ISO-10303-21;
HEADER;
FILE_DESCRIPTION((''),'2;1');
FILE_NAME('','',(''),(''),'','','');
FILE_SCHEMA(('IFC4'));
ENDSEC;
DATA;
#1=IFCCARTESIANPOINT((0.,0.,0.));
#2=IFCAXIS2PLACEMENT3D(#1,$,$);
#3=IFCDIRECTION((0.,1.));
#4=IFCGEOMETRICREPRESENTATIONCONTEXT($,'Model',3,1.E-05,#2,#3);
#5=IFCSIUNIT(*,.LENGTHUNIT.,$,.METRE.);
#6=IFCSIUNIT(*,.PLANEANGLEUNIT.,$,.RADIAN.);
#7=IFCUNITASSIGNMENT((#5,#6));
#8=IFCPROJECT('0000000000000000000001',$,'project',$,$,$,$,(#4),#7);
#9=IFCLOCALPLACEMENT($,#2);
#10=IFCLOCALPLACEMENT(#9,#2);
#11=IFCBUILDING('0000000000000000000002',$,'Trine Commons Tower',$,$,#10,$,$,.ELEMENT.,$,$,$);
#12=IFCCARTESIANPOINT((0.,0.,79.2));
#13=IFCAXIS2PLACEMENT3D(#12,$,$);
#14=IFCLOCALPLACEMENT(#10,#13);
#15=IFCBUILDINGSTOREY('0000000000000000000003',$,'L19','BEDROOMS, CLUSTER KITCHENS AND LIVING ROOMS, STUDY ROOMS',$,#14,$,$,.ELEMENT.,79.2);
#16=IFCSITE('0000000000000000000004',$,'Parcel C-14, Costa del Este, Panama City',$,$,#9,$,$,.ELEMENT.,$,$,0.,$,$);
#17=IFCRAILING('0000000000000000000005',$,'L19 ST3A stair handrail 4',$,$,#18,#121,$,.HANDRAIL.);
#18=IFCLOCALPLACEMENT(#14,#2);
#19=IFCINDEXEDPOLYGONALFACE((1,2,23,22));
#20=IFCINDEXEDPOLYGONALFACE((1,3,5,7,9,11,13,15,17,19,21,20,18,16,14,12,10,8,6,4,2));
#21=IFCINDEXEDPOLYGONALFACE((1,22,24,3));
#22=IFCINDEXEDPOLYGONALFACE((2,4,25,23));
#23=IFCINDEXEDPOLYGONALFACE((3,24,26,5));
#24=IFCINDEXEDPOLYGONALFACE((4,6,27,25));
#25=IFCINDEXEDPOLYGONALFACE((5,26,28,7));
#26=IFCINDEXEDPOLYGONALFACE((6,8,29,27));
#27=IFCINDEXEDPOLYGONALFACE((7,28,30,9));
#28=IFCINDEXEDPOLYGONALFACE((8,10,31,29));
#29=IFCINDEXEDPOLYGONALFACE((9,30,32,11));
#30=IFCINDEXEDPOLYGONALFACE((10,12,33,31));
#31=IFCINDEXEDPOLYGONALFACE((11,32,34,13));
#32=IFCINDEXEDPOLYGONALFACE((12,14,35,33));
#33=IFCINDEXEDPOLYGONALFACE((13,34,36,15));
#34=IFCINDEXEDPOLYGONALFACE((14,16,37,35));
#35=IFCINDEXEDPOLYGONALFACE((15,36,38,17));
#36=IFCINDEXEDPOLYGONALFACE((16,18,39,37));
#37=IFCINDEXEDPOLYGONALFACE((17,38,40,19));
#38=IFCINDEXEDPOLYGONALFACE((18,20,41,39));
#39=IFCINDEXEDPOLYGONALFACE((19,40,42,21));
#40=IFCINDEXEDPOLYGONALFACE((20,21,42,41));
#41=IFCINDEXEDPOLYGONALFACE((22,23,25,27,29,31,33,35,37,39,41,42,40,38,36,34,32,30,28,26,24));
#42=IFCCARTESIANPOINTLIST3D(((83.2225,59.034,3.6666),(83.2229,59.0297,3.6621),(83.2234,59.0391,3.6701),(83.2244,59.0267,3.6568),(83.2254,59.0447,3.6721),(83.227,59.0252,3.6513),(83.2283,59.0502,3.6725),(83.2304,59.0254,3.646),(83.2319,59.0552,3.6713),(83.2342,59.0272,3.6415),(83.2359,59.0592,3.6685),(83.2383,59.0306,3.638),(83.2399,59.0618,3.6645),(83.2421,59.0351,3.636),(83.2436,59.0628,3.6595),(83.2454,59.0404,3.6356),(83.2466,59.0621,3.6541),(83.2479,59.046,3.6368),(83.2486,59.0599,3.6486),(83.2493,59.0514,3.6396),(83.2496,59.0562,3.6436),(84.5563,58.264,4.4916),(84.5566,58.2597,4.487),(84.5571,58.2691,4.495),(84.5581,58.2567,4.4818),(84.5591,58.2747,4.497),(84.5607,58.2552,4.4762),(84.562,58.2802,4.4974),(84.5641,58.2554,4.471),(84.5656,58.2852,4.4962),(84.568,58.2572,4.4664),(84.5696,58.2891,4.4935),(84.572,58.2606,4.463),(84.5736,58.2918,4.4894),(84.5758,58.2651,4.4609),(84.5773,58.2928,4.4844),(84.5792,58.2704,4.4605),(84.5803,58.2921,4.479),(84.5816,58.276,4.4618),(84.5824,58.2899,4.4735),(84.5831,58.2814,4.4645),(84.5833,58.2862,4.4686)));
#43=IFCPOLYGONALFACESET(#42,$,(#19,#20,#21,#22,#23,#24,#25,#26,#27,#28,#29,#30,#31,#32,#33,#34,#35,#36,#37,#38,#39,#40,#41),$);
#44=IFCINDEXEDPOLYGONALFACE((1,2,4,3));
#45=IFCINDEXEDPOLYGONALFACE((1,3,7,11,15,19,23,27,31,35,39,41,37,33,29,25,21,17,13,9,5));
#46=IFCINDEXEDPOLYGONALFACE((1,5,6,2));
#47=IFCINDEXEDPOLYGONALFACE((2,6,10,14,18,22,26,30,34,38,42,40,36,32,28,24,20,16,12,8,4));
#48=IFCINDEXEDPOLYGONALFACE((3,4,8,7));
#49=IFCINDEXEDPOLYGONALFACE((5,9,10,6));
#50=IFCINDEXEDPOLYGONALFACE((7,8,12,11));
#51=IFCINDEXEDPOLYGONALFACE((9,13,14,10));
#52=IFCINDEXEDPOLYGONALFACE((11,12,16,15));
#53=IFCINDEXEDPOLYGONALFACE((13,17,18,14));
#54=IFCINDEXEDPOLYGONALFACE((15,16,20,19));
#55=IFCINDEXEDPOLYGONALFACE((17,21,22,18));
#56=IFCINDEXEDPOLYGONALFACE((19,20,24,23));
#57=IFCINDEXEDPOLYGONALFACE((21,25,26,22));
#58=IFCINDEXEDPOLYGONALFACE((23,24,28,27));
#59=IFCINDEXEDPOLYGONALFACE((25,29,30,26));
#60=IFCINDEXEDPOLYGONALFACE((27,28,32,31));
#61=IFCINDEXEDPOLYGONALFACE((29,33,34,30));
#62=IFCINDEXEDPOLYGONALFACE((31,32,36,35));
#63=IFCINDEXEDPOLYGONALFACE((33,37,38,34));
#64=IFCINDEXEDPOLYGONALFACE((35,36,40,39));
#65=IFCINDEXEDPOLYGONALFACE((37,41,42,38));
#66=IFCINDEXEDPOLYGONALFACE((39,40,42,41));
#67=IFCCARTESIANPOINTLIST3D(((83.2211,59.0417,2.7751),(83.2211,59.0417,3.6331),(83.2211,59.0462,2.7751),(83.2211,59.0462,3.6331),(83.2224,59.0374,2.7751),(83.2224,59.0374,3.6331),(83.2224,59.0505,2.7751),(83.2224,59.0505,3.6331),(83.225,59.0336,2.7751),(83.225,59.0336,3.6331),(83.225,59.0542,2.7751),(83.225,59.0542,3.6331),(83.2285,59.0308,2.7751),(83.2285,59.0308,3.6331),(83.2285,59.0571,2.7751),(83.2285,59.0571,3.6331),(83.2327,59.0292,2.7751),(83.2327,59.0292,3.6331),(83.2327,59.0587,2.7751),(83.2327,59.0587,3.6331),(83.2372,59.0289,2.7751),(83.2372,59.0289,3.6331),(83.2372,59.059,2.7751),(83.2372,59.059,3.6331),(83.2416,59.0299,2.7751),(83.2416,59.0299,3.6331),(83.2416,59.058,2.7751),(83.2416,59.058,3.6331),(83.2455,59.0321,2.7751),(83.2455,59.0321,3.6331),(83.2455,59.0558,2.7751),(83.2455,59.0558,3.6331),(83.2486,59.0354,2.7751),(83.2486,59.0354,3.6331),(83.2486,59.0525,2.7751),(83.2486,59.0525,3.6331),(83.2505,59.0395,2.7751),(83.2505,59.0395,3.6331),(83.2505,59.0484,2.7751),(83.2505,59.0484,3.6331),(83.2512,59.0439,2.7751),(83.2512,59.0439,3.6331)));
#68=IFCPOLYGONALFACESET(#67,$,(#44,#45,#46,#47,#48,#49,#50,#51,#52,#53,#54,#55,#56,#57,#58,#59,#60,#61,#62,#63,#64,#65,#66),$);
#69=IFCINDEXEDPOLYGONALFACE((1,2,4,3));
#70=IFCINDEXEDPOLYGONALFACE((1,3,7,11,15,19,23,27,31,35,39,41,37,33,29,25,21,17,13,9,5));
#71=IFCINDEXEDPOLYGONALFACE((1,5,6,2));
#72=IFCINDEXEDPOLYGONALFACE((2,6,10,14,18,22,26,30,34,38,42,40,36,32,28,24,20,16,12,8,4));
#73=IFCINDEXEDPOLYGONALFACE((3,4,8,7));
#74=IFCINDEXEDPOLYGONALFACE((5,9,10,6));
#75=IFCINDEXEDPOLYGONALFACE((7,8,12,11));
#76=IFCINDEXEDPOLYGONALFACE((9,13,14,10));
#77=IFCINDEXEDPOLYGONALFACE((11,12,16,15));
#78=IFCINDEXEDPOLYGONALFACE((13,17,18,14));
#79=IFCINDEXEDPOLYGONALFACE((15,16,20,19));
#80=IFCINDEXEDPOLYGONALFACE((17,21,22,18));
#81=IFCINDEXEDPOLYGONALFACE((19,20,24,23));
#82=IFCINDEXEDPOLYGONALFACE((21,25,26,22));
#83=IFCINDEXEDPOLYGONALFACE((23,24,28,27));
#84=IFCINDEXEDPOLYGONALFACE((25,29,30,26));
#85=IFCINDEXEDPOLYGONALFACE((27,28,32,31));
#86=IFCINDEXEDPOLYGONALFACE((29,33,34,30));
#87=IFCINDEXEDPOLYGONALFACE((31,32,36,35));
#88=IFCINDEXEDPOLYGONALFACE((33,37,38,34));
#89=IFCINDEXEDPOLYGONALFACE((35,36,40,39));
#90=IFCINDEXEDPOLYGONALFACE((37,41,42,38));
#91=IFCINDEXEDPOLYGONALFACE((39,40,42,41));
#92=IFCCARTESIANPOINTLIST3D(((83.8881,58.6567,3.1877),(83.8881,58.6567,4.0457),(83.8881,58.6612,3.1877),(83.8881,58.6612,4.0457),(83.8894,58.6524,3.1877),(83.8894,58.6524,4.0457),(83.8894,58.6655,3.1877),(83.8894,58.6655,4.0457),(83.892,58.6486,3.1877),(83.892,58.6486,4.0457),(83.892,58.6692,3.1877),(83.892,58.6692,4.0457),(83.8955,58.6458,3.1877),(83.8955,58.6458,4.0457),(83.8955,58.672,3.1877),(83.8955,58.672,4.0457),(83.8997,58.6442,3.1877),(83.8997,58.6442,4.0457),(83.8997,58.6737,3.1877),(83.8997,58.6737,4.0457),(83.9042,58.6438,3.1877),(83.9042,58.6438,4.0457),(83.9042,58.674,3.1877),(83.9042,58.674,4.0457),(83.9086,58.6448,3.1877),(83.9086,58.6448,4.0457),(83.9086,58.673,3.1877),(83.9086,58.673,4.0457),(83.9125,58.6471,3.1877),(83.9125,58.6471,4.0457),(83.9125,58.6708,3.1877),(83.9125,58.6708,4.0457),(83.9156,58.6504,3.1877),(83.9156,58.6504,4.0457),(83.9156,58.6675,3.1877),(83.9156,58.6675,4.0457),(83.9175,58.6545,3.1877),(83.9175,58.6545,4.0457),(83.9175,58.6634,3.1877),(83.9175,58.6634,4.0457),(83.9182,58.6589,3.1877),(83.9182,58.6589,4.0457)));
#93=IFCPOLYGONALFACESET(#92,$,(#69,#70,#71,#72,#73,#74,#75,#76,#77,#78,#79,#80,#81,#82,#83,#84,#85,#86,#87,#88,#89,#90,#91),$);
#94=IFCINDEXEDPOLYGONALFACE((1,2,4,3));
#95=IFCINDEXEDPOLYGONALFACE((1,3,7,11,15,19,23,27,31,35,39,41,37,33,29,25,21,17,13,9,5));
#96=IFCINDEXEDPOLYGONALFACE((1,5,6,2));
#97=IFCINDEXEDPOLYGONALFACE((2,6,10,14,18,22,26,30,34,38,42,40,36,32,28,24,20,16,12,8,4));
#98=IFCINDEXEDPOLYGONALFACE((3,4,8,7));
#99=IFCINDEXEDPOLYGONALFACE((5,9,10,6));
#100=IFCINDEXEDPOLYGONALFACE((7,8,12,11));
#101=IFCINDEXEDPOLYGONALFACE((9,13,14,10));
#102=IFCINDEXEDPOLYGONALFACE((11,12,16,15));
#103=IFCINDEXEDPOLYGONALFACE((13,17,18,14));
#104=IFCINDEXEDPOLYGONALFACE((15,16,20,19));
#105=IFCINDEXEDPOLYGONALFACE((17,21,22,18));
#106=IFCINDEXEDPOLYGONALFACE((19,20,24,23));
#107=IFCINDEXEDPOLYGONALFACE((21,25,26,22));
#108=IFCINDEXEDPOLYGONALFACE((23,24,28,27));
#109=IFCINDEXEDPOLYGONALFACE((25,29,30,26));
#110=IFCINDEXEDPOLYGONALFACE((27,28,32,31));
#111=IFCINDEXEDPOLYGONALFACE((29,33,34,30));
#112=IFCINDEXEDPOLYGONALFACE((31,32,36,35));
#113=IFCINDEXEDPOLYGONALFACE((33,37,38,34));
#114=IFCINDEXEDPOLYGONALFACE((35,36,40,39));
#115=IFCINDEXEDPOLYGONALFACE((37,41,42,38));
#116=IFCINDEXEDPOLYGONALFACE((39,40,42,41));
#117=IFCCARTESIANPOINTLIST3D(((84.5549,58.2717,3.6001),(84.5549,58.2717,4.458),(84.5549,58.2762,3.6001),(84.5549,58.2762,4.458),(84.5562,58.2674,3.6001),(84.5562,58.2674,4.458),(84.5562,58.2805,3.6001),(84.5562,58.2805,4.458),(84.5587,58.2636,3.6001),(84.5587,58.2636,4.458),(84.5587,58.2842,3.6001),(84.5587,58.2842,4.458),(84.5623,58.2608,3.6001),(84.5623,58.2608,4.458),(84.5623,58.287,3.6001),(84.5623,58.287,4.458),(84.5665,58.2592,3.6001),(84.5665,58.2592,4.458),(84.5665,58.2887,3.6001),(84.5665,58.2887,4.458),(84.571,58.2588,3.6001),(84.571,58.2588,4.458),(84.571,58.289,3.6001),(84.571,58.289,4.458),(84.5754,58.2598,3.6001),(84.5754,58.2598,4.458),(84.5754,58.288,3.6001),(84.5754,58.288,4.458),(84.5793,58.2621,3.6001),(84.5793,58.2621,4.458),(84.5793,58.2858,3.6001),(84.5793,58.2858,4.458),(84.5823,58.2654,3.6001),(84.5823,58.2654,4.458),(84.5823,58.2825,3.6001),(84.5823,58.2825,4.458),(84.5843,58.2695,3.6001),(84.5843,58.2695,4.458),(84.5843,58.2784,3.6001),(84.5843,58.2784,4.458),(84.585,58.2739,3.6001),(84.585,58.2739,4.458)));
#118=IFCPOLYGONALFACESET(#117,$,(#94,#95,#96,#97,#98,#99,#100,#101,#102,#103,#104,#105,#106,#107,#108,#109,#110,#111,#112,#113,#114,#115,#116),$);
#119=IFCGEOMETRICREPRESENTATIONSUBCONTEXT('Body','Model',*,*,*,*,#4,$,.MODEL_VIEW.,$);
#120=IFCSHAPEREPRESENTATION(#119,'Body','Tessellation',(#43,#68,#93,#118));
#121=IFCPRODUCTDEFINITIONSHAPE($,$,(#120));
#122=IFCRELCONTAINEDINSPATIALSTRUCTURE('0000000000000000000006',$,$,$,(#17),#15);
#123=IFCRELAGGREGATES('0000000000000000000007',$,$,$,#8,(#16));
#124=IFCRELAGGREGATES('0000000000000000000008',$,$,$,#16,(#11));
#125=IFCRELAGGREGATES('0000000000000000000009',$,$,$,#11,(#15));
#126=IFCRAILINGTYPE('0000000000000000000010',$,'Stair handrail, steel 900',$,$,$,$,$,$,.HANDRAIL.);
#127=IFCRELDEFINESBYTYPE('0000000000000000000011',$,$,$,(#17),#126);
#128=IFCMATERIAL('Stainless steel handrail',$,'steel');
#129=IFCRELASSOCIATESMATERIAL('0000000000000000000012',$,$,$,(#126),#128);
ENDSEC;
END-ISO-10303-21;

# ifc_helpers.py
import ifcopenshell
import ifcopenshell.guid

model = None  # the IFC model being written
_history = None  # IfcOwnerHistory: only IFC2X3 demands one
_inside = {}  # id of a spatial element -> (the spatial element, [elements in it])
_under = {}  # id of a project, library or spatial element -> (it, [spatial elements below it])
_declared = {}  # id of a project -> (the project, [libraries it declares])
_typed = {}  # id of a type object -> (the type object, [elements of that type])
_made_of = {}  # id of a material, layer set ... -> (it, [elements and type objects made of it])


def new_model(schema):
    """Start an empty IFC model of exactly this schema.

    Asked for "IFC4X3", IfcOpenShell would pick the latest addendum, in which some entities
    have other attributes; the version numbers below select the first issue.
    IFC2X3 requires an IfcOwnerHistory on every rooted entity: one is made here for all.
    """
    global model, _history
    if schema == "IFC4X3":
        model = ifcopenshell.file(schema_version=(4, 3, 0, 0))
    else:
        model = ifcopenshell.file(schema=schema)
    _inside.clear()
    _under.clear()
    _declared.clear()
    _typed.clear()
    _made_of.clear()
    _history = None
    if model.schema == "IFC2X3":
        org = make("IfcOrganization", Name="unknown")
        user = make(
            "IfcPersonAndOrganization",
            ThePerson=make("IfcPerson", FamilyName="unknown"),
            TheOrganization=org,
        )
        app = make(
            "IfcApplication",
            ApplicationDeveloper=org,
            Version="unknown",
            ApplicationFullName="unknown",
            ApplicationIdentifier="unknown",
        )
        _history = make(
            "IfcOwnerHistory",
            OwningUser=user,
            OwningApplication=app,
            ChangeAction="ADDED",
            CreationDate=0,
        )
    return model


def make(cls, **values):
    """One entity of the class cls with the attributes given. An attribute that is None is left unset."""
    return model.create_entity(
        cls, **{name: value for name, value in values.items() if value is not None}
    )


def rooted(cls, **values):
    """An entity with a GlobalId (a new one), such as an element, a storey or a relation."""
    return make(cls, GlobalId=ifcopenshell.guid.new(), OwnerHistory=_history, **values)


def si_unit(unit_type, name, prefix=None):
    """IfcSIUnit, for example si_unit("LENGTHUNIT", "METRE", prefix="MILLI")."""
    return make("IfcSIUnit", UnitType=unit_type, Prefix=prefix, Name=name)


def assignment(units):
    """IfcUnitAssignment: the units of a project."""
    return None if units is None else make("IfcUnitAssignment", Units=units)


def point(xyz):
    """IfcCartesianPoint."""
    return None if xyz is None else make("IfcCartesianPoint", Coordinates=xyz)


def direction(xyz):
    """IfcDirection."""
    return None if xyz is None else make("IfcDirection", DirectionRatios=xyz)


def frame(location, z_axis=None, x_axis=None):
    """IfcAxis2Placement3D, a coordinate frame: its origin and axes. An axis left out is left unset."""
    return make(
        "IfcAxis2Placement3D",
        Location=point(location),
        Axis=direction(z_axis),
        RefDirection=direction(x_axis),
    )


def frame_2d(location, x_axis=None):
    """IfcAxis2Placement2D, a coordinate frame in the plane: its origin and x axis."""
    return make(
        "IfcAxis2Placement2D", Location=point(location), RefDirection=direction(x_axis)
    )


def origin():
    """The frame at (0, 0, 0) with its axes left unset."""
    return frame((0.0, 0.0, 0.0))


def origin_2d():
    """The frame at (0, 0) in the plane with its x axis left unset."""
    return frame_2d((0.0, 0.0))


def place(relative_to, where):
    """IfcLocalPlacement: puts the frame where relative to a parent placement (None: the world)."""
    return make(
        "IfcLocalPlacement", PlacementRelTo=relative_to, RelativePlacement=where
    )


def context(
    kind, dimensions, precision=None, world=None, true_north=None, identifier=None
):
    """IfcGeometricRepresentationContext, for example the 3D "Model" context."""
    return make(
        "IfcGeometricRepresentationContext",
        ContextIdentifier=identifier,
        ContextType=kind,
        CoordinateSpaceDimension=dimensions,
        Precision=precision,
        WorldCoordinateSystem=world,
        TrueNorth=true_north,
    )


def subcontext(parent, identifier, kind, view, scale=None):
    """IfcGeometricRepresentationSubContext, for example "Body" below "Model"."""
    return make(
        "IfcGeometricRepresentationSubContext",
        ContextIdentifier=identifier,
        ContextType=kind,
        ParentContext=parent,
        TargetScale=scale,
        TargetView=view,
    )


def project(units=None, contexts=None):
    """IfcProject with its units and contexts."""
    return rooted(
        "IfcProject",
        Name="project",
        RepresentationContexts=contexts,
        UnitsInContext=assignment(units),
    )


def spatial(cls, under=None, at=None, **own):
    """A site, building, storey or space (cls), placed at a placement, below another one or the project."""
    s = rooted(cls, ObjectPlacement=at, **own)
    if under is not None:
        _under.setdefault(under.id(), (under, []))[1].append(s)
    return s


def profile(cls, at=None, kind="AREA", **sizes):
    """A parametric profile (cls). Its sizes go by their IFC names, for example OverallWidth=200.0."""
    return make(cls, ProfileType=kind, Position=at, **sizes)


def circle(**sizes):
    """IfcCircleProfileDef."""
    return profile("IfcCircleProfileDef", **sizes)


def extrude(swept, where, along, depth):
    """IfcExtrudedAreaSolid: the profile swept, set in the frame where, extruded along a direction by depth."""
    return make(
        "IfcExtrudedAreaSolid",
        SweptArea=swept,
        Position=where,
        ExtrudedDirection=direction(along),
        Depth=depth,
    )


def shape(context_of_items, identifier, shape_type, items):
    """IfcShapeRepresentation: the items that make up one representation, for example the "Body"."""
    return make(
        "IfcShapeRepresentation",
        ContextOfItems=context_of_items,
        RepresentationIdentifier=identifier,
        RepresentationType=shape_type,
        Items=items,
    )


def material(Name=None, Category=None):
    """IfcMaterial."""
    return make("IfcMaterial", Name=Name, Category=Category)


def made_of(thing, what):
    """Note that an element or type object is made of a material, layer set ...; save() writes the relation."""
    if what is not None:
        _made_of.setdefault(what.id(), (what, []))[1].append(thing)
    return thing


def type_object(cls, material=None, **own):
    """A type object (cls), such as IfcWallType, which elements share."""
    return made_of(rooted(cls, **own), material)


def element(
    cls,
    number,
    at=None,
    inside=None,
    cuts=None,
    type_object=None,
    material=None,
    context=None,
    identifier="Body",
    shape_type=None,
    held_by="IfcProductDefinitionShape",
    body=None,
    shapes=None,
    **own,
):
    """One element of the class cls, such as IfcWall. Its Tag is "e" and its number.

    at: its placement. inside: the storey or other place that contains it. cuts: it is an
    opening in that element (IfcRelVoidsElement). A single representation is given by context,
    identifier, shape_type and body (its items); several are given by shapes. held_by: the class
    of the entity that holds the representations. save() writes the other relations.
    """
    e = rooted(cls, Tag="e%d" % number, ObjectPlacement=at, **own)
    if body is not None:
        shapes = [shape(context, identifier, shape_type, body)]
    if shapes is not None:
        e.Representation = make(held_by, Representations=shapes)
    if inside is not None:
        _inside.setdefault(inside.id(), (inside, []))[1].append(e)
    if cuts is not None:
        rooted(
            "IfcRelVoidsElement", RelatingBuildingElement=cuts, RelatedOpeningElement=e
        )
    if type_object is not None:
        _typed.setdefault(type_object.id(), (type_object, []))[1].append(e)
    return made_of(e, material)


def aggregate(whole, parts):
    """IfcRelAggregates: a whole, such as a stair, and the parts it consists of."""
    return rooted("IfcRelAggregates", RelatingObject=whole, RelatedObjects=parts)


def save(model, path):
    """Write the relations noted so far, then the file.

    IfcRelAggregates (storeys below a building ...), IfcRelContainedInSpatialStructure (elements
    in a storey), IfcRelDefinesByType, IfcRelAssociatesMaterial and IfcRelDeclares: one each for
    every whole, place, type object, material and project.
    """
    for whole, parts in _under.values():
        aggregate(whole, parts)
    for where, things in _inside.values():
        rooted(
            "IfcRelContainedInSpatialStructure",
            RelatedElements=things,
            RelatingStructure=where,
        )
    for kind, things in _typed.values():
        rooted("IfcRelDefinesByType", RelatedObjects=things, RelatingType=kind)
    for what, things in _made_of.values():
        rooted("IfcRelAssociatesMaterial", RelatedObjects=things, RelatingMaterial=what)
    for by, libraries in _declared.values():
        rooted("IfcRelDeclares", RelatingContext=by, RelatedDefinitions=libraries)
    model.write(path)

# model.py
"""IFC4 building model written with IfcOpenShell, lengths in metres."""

from ifc_helpers import new_model, si_unit, direction, frame, origin, origin_2d, place, context, subcontext, project, spatial, circle, extrude, material, type_object, element, save


model = new_model("IFC4")

# Units and contexts
model_context = context("Model", 3, precision=1e-05, world=origin(), true_north=direction((0.0, 1.0)))
body_context = subcontext(model_context, "Body", "Model", "MODEL_VIEW")
ifc_project = project(units=[si_unit("LENGTHUNIT", "METRE"), si_unit("PLANEANGLEUNIT", "RADIAN")], contexts=[model_context])

# Site, building, storey
site_placement = place(None, origin())
site = spatial("IfcSite", under=ifc_project, at=site_placement, Name="Parcel C-14, Costa del Este, Panama City", CompositionType="ELEMENT", RefElevation=0.0)
building_placement = place(site_placement, origin())
building = spatial("IfcBuilding", under=site, at=building_placement, Name="Trine Commons Tower", CompositionType="ELEMENT")
storey_placement = place(building_placement, frame((0.0, 0.0, 79.2)))
storey = spatial("IfcBuildingStorey", under=building, at=storey_placement, Name="L19", Description="BEDROOMS, CLUSTER KITCHENS AND LIVING ROOMS, STUDY ROOMS", CompositionType="ELEMENT", Elevation=79.2)

# Railing
ifc_material_1 = material(Name="Stainless steel handrail", Category="steel")
railing_type_1 = type_object("IfcRailingType", Name="Stair handrail, steel 900", PredefinedType="HANDRAIL", material=ifc_material_1)
railing_1_placement = place(storey_placement, frame((83.2361, 59.0439, 2.7751)))
element("IfcRailing", 1, at=railing_1_placement, inside=storey, type_object=railing_type_1, Name="L19 ST3A stair handrail 4", PredefinedType="HANDRAIL", context=body_context, shape_type="SweptSolid", body=[
    extrude(circle(Radius=0.021, at=origin_2d()), frame((0.0, 0.0, 0.8789), z_axis=(0.763405, -0.440743, 0.472185), x_axis=(0.499992, 0.86603, 0.0)), (0.0, 0.0, 1.0), 1.7471),
    extrude(circle(Radius=0.0151, at=origin_2d()), origin(), (0.0, 0.0, 1.0), 0.8579),
    extrude(circle(Radius=0.0151, at=origin_2d()), frame((0.667, -0.385, 0.4126)), (0.0, 0.0, 1.0), 0.8579),
    extrude(circle(Radius=0.0151, at=origin_2d()), frame((1.3337, -0.77, 0.825)), (0.0, 0.0, 1.0), 0.8579),
])

save(model, "model.ifc")
